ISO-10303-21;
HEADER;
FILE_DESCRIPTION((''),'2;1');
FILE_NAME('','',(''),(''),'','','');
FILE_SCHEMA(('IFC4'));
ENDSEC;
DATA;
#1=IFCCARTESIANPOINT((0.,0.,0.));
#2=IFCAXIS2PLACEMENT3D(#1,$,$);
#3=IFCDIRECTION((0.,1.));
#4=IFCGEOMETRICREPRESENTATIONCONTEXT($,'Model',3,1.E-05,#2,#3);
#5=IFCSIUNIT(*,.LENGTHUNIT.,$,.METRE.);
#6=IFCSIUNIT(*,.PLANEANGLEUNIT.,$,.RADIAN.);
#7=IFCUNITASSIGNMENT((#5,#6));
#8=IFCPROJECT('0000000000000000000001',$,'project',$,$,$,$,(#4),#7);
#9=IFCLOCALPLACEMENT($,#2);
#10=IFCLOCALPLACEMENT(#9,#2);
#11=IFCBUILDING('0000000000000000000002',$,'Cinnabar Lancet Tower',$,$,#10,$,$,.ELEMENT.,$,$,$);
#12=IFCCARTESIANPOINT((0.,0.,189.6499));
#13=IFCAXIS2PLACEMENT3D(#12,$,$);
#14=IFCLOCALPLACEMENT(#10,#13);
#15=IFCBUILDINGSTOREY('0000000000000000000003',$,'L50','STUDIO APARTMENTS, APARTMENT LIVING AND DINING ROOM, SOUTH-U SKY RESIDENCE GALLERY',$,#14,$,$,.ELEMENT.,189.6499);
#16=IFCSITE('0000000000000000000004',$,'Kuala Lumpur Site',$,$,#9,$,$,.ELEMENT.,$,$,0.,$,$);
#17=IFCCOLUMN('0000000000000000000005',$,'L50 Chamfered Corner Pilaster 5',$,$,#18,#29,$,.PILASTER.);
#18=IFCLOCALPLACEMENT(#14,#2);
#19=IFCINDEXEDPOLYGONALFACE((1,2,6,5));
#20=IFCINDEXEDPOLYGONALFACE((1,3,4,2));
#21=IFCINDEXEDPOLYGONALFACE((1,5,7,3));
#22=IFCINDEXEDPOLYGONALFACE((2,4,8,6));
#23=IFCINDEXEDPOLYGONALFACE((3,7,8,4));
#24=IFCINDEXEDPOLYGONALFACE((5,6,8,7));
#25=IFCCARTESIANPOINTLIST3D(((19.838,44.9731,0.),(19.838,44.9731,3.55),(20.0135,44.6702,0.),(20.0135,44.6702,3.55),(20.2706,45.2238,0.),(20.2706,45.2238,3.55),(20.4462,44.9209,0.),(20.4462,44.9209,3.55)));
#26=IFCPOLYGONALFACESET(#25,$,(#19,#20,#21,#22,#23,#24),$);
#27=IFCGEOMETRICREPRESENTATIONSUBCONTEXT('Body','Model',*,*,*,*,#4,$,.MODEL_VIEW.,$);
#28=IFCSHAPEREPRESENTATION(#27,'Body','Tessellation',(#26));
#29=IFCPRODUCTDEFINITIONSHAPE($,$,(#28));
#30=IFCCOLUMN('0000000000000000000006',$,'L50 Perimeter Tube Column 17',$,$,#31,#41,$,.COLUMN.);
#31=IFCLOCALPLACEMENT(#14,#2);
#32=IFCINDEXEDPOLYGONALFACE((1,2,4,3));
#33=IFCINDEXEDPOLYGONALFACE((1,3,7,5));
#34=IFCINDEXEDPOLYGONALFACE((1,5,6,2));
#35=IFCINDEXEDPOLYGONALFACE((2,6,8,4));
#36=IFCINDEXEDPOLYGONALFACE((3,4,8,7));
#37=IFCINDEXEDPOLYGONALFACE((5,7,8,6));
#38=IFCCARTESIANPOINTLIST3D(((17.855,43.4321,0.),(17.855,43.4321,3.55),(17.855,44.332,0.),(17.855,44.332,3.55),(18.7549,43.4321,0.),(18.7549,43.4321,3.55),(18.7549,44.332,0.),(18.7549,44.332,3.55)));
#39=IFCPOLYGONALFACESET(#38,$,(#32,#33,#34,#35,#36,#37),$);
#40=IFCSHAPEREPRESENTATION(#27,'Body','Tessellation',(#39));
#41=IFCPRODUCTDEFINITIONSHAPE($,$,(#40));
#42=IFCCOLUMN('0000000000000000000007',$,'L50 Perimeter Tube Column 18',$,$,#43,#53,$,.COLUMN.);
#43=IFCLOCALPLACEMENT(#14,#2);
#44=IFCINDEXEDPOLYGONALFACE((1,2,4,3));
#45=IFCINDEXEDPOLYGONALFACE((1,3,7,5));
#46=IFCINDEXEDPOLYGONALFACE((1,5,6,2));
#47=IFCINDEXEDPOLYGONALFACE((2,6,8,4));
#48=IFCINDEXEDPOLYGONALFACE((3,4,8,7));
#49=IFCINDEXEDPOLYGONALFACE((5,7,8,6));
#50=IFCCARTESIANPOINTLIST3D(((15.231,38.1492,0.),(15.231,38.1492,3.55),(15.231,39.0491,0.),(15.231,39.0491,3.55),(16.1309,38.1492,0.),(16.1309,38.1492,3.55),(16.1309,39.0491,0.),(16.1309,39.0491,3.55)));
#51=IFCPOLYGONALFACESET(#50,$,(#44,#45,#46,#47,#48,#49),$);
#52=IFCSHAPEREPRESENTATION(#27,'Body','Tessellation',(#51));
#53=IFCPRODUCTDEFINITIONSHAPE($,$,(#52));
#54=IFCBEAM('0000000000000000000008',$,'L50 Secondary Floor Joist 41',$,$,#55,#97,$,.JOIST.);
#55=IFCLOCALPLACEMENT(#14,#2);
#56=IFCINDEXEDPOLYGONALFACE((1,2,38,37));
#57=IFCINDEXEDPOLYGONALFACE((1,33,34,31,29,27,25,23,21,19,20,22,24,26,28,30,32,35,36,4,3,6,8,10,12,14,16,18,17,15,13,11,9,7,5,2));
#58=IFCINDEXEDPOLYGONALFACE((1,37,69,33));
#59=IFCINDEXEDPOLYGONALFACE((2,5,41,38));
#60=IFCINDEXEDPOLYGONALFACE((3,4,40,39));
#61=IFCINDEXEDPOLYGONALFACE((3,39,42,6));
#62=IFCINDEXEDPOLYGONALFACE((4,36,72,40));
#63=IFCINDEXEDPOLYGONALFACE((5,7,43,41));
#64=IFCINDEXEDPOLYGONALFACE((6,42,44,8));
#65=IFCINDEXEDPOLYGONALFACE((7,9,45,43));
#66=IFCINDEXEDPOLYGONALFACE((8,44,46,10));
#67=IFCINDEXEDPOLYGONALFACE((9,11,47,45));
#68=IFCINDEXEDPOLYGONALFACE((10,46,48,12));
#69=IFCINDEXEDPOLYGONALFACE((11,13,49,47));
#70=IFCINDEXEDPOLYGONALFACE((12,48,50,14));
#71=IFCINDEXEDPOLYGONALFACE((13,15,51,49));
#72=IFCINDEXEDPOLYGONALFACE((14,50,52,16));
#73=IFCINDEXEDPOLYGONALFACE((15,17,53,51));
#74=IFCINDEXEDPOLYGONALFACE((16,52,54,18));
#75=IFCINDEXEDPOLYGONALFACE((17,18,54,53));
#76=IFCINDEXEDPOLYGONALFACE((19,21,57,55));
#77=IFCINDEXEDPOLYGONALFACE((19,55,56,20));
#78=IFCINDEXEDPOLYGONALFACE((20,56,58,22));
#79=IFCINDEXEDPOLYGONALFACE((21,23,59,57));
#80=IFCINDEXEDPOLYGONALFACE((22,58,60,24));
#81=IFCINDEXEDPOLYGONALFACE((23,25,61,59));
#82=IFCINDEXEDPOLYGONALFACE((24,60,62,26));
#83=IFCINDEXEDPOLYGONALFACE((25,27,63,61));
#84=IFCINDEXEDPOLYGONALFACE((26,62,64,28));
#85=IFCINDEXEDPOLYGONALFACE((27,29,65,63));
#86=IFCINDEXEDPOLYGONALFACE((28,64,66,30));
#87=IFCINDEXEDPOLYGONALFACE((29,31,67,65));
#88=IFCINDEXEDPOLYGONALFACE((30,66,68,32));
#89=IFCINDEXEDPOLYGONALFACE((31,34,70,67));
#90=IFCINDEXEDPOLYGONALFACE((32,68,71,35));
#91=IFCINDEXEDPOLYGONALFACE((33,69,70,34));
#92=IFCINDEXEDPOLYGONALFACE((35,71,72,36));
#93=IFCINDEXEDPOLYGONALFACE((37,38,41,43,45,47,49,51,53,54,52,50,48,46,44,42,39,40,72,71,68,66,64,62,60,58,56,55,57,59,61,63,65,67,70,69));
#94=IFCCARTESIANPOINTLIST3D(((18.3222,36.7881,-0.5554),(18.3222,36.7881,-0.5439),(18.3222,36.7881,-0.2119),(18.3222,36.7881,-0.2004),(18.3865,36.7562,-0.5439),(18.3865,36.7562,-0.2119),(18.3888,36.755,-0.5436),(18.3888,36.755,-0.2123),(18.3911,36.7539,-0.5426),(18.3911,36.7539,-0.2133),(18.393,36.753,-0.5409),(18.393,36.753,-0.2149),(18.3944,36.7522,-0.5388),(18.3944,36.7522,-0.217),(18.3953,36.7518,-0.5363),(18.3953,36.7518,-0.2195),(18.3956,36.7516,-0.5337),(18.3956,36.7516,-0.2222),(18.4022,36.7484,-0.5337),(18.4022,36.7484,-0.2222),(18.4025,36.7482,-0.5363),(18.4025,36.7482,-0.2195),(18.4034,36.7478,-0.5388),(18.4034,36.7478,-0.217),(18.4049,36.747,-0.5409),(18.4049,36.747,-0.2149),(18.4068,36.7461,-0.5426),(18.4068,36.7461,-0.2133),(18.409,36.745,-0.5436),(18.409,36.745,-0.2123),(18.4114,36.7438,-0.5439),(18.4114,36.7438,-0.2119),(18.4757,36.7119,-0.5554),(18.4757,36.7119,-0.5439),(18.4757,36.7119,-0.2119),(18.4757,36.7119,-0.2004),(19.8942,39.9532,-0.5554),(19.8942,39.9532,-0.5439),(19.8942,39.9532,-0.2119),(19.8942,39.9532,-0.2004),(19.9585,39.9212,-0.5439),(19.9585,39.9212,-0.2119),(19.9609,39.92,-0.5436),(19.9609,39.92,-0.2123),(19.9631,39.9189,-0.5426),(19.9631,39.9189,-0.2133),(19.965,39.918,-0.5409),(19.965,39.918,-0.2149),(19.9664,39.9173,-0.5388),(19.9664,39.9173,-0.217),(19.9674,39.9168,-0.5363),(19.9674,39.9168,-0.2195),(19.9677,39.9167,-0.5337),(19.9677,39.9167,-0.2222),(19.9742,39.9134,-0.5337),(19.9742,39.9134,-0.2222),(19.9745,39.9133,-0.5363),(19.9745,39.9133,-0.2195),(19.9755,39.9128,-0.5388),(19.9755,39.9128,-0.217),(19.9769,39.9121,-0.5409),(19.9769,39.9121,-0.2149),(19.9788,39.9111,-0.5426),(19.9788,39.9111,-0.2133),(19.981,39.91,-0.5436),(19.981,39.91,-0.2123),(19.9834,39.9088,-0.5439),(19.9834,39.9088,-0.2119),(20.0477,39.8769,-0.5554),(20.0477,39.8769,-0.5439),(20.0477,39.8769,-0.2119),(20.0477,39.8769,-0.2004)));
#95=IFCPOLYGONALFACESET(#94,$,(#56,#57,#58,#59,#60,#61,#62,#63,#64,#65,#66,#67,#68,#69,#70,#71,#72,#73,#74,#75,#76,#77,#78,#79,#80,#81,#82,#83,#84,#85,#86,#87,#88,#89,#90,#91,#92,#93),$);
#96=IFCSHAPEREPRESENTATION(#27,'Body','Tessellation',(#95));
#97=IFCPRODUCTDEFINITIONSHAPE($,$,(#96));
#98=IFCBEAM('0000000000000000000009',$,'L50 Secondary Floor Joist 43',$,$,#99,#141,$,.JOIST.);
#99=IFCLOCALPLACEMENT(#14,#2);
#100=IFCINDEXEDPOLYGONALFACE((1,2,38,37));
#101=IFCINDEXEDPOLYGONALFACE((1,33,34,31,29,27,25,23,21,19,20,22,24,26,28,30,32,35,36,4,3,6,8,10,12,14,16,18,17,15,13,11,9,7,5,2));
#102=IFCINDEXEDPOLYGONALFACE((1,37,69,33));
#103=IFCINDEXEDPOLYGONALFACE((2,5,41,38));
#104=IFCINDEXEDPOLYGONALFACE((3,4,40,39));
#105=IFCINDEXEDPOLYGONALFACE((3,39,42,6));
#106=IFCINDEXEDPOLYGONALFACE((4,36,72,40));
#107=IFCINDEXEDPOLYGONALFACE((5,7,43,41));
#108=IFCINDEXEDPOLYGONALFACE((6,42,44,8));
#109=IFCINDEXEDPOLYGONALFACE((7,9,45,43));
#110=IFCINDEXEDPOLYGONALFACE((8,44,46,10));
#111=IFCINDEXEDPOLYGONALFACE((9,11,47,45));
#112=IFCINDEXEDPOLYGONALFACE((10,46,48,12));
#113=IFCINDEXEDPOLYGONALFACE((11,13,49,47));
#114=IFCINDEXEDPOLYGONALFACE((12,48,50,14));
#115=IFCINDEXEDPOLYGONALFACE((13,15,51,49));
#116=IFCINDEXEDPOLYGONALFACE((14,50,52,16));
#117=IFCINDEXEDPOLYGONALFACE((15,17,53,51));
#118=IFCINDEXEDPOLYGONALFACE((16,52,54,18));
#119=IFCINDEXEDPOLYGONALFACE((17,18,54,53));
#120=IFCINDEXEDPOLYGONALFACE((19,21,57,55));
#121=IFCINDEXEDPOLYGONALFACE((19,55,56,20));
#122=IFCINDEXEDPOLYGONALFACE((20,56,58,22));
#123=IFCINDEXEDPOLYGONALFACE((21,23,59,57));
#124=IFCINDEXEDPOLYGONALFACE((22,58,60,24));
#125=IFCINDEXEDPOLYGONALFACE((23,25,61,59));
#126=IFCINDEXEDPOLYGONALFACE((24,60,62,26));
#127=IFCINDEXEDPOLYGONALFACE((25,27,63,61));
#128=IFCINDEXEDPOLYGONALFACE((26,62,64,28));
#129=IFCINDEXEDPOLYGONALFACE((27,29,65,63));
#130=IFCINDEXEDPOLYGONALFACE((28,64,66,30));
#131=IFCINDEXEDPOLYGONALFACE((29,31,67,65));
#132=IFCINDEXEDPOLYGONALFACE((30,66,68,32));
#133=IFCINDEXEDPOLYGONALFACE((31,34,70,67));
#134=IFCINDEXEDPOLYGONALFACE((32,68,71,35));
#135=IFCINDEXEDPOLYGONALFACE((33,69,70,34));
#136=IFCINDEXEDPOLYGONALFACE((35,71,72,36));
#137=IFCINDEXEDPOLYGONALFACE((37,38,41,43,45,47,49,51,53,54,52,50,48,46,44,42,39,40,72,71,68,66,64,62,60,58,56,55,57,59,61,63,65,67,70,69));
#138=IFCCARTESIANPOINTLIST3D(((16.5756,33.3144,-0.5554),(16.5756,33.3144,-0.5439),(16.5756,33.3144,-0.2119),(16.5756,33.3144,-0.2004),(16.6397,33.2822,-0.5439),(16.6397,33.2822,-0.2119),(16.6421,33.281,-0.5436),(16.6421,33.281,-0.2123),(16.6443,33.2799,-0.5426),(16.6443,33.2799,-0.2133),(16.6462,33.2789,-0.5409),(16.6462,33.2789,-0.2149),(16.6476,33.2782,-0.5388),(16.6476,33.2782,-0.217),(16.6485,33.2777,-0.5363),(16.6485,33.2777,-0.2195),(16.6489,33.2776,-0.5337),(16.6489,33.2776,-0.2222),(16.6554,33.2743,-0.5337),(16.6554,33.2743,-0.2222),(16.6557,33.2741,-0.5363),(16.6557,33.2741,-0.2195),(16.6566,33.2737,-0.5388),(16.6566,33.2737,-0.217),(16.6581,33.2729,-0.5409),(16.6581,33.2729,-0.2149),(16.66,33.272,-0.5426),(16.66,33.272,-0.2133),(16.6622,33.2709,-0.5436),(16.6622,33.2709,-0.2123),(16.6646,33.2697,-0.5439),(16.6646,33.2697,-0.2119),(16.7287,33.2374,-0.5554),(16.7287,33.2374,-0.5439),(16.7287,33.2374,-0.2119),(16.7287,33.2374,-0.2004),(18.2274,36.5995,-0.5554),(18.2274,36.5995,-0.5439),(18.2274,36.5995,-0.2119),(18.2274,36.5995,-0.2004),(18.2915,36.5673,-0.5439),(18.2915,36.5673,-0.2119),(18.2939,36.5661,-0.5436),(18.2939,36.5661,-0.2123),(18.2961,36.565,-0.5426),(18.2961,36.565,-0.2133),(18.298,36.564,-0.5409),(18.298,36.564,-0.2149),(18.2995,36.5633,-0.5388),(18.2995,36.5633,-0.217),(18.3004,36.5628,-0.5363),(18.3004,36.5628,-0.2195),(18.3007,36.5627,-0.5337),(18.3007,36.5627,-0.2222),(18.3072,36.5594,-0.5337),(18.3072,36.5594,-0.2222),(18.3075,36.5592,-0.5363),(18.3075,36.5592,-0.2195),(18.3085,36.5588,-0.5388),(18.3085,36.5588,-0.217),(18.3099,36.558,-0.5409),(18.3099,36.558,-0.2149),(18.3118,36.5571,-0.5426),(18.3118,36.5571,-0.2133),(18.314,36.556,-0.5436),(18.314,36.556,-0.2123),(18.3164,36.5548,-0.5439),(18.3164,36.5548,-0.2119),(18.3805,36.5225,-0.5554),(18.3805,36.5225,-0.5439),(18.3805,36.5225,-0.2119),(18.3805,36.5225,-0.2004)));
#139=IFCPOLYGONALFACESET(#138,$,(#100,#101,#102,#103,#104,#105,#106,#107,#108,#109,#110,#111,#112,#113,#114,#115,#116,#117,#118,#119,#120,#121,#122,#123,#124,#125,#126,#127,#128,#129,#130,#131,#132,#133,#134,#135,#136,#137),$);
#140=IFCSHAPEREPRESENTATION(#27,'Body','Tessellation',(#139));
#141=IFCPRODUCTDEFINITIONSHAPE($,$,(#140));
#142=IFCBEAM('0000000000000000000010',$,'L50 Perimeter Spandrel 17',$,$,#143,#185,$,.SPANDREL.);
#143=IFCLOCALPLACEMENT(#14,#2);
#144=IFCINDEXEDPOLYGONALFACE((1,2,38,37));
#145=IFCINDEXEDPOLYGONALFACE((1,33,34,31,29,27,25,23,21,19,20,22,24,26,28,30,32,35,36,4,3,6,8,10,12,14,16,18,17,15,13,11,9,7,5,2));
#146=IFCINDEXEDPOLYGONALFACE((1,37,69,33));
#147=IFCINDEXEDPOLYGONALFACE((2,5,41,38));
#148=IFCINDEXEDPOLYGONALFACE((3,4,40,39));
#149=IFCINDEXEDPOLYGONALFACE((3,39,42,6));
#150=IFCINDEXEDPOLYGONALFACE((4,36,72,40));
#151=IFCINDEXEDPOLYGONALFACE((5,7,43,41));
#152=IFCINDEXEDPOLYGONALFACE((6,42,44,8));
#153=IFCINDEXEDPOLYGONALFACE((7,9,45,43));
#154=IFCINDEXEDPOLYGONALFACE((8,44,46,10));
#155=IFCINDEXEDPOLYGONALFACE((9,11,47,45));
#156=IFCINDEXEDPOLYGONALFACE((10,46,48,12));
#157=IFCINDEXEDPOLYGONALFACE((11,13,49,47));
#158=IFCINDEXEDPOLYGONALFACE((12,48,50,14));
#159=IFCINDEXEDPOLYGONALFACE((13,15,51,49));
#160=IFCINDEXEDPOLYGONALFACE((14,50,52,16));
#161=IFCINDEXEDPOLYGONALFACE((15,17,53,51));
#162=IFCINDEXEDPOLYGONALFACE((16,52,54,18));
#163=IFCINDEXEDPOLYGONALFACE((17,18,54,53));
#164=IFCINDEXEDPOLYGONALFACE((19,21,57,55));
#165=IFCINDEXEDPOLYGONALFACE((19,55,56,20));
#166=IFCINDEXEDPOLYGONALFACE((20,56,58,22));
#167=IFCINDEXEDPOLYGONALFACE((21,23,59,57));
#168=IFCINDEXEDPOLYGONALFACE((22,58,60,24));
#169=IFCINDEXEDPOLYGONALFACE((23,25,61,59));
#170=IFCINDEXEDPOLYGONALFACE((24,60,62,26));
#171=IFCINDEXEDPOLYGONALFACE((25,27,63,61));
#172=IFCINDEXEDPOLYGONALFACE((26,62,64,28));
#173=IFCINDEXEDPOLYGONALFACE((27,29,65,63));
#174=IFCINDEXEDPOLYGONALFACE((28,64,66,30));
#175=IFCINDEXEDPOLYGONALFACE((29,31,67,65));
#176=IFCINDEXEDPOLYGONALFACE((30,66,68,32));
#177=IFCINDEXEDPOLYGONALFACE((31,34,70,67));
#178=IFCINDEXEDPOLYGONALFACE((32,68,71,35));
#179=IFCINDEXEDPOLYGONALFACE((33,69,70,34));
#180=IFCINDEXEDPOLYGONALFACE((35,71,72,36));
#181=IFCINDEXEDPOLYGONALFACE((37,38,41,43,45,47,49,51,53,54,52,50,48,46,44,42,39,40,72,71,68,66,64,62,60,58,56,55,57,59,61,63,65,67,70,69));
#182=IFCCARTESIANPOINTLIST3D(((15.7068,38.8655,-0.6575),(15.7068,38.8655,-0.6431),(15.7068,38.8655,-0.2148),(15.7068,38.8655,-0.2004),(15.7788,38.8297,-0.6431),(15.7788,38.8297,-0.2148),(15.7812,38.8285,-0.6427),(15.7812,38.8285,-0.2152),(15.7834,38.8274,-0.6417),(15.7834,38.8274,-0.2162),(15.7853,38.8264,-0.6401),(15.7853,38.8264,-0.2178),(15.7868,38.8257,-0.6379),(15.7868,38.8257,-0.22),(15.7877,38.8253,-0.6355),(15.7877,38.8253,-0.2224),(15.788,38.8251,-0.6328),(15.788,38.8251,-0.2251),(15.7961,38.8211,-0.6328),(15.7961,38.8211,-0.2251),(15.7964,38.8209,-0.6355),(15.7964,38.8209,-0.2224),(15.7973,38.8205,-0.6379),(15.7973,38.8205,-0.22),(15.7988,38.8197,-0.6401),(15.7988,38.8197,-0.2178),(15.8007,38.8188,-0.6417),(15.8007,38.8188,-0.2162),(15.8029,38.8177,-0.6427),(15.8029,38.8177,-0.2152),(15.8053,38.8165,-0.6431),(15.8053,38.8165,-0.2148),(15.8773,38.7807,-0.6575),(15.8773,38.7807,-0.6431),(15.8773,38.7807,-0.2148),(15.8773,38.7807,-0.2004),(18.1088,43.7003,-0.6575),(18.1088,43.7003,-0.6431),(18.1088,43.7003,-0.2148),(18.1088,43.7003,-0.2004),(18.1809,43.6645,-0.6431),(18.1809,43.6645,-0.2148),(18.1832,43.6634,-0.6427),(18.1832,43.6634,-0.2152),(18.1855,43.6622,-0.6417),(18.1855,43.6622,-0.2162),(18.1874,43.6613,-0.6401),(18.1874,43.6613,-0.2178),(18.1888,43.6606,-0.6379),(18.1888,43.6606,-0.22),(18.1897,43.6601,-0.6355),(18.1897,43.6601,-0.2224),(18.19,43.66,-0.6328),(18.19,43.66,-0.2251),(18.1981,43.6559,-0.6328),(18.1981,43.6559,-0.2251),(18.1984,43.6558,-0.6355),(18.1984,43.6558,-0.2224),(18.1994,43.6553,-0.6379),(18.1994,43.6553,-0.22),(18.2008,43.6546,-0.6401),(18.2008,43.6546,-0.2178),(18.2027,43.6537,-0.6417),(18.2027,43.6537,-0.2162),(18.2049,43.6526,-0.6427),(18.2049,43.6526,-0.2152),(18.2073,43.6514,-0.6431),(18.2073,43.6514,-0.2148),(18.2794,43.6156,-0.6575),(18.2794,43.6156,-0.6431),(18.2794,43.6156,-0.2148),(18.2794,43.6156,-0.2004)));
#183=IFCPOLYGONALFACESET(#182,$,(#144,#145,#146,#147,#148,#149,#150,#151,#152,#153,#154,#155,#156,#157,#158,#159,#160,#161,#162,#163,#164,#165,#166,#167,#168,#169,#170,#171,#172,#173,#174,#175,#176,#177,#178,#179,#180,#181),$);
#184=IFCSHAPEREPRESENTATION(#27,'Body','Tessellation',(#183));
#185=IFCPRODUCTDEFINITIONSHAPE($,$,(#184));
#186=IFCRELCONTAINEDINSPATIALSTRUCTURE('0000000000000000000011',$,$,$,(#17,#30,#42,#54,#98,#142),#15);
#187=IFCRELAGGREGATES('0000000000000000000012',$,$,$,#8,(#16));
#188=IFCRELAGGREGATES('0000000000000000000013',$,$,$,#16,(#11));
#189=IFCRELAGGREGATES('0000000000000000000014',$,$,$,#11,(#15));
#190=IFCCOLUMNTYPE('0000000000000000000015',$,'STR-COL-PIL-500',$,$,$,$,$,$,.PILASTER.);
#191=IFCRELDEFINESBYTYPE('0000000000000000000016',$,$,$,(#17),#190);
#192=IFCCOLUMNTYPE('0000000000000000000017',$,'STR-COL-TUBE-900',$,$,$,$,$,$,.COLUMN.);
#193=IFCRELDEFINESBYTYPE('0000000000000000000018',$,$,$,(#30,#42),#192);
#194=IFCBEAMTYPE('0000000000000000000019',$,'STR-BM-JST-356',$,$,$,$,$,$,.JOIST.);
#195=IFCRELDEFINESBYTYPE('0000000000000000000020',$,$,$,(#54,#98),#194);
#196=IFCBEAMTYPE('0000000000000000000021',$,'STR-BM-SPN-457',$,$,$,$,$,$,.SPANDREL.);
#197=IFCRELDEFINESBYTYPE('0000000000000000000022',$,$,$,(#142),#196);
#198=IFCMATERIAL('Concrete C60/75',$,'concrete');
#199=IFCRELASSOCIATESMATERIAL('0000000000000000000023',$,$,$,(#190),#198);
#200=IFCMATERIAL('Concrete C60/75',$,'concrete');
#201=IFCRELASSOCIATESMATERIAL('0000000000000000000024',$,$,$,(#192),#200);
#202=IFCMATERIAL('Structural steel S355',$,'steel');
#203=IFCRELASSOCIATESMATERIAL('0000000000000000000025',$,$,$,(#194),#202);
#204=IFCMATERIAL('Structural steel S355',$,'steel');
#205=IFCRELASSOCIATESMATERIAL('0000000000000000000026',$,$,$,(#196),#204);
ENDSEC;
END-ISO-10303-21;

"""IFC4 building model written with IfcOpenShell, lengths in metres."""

from ifc_helpers import new_model, si_unit, direction, frame, origin, origin_2d, place, context, subcontext, project, spatial, rectangle, i_section, extrude, material, material_profile, profile_set, type_object, element, save


model = new_model("IFC4")

# Units and contexts
model_context = context("Model", 3, precision=1e-05, world=origin(), true_north=direction((0.0, 1.0)))
body_context = subcontext(model_context, "Body", "Model", "MODEL_VIEW")
ifc_project = project(units=[si_unit("LENGTHUNIT", "METRE"), si_unit("PLANEANGLEUNIT", "RADIAN")], contexts=[model_context])

# Site, building, storey
site_placement = place(None, origin())
site = spatial("IfcSite", under=ifc_project, at=site_placement, Name="Kuala Lumpur Site", CompositionType="ELEMENT", RefElevation=0.0)
building_placement = place(site_placement, origin())
building = spatial("IfcBuilding", under=site, at=building_placement, Name="Cinnabar Lancet Tower", CompositionType="ELEMENT")
storey_placement = place(building_placement, frame((0.0, 0.0, 189.6499)))
storey = spatial("IfcBuildingStorey", under=building, at=storey_placement, Name="L50", Description="STUDIO APARTMENTS, APARTMENT LIVING AND DINING ROOM, SOUTH-U SKY RESIDENCE GALLERY", CompositionType="ELEMENT", Elevation=189.6499)

# Columns
ifc_material_1 = material(Name="Concrete C60/75", Category="concrete")
ifc_material_profile_1 = material_profile(ifc_material_1, rectangle(XDim=0.5, YDim=0.3501, at=origin_2d()), Name="RC-PIL 500x350")
ifc_profile_set_1 = profile_set([ifc_material_profile_1], Name="Concrete C60/75")
column_type_1 = type_object("IfcColumnType", Name="STR-COL-PIL-500", PredefinedType="PILASTER", material=ifc_profile_set_1)
column_placement = place(storey_placement, frame((20.1421, 44.947, 0.0), z_axis=(0.0, 0.0, 1.0), x_axis=(-0.86523, -0.501375, 0.0)))
element("IfcColumn", 1, at=column_placement, inside=storey, type_object=column_type_1, Name="L50 Chamfered Corner Pilaster 5", PredefinedType="PILASTER", context=body_context, shape_type="SweptSolid", body=[
    extrude(rectangle(XDim=0.5, YDim=0.3501, at=origin_2d()), origin(), (0.0, 0.0, 1.0), 3.55),
])
ifc_material_2 = material(Name="Concrete C60/75", Category="concrete")
ifc_material_profile_2 = material_profile(ifc_material_2, rectangle(XDim=0.8999, YDim=0.8999, at=origin_2d()), Name="RC-COL 900x900")
ifc_profile_set_2 = profile_set([ifc_material_profile_2], Name="Concrete C60/75")
column_type_2 = type_object("IfcColumnType", Name="STR-COL-TUBE-900", PredefinedType="COLUMN", material=ifc_profile_set_2)
for number, where, z_axis, x_axis, name in (
    (2, (18.3049, 43.8821, 0.0), (0.0, 0.0, 1.0), (1.0, 0.0, 0.0), "L50 Perimeter Tube Column 17"),
    (3, (15.6809, 38.5991, 0.0), (0.0, 0.0, 1.0), (1.0, 0.0, 0.0), "L50 Perimeter Tube Column 18"),
):
    element("IfcColumn", number, at=place(storey_placement, frame(where, z_axis=z_axis, x_axis=x_axis)), inside=storey, type_object=column_type_2, Name=name, PredefinedType="COLUMN", context=body_context, shape_type="SweptSolid", body=[
        extrude(rectangle(XDim=0.8999, YDim=0.8999, at=origin_2d()), origin(), (0.0, 0.0, 1.0), 3.55),
    ])

# Beams
ifc_material_3 = material(Name="Structural steel S355", Category="steel")
ifc_material_profile_3 = material_profile(ifc_material_3, i_section(OverallWidth=0.1714, OverallDepth=0.355, WebThickness=0.0073, FlangeThickness=0.0115, FilletRadius=0.0103, at=origin_2d()), Name="UKB 356x171x51")
ifc_profile_set_3 = profile_set([ifc_material_profile_3], Name="Structural steel S355")
beam_type_1 = type_object("IfcBeamType", Name="STR-BM-JST-356", PredefinedType="JOIST", material=ifc_profile_set_3)
beam_1_placement = place(storey_placement, frame((19.9709, 39.915, -0.3779), z_axis=(-0.444836, -0.895612, 0.0), x_axis=(0.895612, -0.444836, 0.0)))
element("IfcBeam", 4, at=beam_1_placement, inside=storey, type_object=beam_type_1, Name="L50 Secondary Floor Joist 41", PredefinedType="JOIST", context=body_context, shape_type="SweptSolid", body=[
    extrude(i_section(OverallWidth=0.1714, OverallDepth=0.355, WebThickness=0.0073, FlangeThickness=0.0115, FilletRadius=0.0103, at=origin_2d()), origin(), (0.0, 0.0, 1.0), 3.5339),
])
beam_2_placement = place(storey_placement, frame((18.304, 36.561, -0.3779), z_axis=(-0.449231, -0.893416, 0.0), x_axis=(0.893416, -0.449231, 0.0)))
element("IfcBeam", 5, at=beam_2_placement, inside=storey, type_object=beam_type_1, Name="L50 Secondary Floor Joist 43", PredefinedType="JOIST", context=body_context, shape_type="SweptSolid", body=[
    extrude(i_section(OverallWidth=0.1714, OverallDepth=0.355, WebThickness=0.0073, FlangeThickness=0.0115, FilletRadius=0.0103, at=origin_2d()), origin(), (0.0, 0.0, 1.0), 3.677),
])
ifc_material_4 = material(Name="Structural steel S355", Category="steel")
ifc_material_profile_4 = material_profile(ifc_material_4, i_section(OverallWidth=0.1904, OverallDepth=0.457, WebThickness=0.009, FlangeThickness=0.0144, FilletRadius=0.0103, at=origin_2d()), Name="UKB 457x191x74")
ifc_profile_set_4 = profile_set([ifc_material_profile_4], Name="Structural steel S355")
beam_type_2 = type_object("IfcBeamType", Name="STR-BM-SPN-457", PredefinedType="SPANDREL", material=ifc_profile_set_4)
beam_3_placement = place(storey_placement, frame((18.1941, 43.658, -0.429), z_axis=(-0.444933, -0.895564, 0.0), x_axis=(0.895564, -0.444933, 0.0)))
element("IfcBeam", 6, at=beam_3_placement, inside=storey, type_object=beam_type_2, Name="L50 Perimeter Spandrel 17", PredefinedType="SPANDREL", context=body_context, shape_type="SweptSolid", body=[
    extrude(i_section(OverallWidth=0.1904, OverallDepth=0.457, WebThickness=0.009, FlangeThickness=0.0144, FilletRadius=0.0103, at=origin_2d()), origin(), (0.0, 0.0, 1.0), 5.3987),
])

save(model, "model.ifc")
